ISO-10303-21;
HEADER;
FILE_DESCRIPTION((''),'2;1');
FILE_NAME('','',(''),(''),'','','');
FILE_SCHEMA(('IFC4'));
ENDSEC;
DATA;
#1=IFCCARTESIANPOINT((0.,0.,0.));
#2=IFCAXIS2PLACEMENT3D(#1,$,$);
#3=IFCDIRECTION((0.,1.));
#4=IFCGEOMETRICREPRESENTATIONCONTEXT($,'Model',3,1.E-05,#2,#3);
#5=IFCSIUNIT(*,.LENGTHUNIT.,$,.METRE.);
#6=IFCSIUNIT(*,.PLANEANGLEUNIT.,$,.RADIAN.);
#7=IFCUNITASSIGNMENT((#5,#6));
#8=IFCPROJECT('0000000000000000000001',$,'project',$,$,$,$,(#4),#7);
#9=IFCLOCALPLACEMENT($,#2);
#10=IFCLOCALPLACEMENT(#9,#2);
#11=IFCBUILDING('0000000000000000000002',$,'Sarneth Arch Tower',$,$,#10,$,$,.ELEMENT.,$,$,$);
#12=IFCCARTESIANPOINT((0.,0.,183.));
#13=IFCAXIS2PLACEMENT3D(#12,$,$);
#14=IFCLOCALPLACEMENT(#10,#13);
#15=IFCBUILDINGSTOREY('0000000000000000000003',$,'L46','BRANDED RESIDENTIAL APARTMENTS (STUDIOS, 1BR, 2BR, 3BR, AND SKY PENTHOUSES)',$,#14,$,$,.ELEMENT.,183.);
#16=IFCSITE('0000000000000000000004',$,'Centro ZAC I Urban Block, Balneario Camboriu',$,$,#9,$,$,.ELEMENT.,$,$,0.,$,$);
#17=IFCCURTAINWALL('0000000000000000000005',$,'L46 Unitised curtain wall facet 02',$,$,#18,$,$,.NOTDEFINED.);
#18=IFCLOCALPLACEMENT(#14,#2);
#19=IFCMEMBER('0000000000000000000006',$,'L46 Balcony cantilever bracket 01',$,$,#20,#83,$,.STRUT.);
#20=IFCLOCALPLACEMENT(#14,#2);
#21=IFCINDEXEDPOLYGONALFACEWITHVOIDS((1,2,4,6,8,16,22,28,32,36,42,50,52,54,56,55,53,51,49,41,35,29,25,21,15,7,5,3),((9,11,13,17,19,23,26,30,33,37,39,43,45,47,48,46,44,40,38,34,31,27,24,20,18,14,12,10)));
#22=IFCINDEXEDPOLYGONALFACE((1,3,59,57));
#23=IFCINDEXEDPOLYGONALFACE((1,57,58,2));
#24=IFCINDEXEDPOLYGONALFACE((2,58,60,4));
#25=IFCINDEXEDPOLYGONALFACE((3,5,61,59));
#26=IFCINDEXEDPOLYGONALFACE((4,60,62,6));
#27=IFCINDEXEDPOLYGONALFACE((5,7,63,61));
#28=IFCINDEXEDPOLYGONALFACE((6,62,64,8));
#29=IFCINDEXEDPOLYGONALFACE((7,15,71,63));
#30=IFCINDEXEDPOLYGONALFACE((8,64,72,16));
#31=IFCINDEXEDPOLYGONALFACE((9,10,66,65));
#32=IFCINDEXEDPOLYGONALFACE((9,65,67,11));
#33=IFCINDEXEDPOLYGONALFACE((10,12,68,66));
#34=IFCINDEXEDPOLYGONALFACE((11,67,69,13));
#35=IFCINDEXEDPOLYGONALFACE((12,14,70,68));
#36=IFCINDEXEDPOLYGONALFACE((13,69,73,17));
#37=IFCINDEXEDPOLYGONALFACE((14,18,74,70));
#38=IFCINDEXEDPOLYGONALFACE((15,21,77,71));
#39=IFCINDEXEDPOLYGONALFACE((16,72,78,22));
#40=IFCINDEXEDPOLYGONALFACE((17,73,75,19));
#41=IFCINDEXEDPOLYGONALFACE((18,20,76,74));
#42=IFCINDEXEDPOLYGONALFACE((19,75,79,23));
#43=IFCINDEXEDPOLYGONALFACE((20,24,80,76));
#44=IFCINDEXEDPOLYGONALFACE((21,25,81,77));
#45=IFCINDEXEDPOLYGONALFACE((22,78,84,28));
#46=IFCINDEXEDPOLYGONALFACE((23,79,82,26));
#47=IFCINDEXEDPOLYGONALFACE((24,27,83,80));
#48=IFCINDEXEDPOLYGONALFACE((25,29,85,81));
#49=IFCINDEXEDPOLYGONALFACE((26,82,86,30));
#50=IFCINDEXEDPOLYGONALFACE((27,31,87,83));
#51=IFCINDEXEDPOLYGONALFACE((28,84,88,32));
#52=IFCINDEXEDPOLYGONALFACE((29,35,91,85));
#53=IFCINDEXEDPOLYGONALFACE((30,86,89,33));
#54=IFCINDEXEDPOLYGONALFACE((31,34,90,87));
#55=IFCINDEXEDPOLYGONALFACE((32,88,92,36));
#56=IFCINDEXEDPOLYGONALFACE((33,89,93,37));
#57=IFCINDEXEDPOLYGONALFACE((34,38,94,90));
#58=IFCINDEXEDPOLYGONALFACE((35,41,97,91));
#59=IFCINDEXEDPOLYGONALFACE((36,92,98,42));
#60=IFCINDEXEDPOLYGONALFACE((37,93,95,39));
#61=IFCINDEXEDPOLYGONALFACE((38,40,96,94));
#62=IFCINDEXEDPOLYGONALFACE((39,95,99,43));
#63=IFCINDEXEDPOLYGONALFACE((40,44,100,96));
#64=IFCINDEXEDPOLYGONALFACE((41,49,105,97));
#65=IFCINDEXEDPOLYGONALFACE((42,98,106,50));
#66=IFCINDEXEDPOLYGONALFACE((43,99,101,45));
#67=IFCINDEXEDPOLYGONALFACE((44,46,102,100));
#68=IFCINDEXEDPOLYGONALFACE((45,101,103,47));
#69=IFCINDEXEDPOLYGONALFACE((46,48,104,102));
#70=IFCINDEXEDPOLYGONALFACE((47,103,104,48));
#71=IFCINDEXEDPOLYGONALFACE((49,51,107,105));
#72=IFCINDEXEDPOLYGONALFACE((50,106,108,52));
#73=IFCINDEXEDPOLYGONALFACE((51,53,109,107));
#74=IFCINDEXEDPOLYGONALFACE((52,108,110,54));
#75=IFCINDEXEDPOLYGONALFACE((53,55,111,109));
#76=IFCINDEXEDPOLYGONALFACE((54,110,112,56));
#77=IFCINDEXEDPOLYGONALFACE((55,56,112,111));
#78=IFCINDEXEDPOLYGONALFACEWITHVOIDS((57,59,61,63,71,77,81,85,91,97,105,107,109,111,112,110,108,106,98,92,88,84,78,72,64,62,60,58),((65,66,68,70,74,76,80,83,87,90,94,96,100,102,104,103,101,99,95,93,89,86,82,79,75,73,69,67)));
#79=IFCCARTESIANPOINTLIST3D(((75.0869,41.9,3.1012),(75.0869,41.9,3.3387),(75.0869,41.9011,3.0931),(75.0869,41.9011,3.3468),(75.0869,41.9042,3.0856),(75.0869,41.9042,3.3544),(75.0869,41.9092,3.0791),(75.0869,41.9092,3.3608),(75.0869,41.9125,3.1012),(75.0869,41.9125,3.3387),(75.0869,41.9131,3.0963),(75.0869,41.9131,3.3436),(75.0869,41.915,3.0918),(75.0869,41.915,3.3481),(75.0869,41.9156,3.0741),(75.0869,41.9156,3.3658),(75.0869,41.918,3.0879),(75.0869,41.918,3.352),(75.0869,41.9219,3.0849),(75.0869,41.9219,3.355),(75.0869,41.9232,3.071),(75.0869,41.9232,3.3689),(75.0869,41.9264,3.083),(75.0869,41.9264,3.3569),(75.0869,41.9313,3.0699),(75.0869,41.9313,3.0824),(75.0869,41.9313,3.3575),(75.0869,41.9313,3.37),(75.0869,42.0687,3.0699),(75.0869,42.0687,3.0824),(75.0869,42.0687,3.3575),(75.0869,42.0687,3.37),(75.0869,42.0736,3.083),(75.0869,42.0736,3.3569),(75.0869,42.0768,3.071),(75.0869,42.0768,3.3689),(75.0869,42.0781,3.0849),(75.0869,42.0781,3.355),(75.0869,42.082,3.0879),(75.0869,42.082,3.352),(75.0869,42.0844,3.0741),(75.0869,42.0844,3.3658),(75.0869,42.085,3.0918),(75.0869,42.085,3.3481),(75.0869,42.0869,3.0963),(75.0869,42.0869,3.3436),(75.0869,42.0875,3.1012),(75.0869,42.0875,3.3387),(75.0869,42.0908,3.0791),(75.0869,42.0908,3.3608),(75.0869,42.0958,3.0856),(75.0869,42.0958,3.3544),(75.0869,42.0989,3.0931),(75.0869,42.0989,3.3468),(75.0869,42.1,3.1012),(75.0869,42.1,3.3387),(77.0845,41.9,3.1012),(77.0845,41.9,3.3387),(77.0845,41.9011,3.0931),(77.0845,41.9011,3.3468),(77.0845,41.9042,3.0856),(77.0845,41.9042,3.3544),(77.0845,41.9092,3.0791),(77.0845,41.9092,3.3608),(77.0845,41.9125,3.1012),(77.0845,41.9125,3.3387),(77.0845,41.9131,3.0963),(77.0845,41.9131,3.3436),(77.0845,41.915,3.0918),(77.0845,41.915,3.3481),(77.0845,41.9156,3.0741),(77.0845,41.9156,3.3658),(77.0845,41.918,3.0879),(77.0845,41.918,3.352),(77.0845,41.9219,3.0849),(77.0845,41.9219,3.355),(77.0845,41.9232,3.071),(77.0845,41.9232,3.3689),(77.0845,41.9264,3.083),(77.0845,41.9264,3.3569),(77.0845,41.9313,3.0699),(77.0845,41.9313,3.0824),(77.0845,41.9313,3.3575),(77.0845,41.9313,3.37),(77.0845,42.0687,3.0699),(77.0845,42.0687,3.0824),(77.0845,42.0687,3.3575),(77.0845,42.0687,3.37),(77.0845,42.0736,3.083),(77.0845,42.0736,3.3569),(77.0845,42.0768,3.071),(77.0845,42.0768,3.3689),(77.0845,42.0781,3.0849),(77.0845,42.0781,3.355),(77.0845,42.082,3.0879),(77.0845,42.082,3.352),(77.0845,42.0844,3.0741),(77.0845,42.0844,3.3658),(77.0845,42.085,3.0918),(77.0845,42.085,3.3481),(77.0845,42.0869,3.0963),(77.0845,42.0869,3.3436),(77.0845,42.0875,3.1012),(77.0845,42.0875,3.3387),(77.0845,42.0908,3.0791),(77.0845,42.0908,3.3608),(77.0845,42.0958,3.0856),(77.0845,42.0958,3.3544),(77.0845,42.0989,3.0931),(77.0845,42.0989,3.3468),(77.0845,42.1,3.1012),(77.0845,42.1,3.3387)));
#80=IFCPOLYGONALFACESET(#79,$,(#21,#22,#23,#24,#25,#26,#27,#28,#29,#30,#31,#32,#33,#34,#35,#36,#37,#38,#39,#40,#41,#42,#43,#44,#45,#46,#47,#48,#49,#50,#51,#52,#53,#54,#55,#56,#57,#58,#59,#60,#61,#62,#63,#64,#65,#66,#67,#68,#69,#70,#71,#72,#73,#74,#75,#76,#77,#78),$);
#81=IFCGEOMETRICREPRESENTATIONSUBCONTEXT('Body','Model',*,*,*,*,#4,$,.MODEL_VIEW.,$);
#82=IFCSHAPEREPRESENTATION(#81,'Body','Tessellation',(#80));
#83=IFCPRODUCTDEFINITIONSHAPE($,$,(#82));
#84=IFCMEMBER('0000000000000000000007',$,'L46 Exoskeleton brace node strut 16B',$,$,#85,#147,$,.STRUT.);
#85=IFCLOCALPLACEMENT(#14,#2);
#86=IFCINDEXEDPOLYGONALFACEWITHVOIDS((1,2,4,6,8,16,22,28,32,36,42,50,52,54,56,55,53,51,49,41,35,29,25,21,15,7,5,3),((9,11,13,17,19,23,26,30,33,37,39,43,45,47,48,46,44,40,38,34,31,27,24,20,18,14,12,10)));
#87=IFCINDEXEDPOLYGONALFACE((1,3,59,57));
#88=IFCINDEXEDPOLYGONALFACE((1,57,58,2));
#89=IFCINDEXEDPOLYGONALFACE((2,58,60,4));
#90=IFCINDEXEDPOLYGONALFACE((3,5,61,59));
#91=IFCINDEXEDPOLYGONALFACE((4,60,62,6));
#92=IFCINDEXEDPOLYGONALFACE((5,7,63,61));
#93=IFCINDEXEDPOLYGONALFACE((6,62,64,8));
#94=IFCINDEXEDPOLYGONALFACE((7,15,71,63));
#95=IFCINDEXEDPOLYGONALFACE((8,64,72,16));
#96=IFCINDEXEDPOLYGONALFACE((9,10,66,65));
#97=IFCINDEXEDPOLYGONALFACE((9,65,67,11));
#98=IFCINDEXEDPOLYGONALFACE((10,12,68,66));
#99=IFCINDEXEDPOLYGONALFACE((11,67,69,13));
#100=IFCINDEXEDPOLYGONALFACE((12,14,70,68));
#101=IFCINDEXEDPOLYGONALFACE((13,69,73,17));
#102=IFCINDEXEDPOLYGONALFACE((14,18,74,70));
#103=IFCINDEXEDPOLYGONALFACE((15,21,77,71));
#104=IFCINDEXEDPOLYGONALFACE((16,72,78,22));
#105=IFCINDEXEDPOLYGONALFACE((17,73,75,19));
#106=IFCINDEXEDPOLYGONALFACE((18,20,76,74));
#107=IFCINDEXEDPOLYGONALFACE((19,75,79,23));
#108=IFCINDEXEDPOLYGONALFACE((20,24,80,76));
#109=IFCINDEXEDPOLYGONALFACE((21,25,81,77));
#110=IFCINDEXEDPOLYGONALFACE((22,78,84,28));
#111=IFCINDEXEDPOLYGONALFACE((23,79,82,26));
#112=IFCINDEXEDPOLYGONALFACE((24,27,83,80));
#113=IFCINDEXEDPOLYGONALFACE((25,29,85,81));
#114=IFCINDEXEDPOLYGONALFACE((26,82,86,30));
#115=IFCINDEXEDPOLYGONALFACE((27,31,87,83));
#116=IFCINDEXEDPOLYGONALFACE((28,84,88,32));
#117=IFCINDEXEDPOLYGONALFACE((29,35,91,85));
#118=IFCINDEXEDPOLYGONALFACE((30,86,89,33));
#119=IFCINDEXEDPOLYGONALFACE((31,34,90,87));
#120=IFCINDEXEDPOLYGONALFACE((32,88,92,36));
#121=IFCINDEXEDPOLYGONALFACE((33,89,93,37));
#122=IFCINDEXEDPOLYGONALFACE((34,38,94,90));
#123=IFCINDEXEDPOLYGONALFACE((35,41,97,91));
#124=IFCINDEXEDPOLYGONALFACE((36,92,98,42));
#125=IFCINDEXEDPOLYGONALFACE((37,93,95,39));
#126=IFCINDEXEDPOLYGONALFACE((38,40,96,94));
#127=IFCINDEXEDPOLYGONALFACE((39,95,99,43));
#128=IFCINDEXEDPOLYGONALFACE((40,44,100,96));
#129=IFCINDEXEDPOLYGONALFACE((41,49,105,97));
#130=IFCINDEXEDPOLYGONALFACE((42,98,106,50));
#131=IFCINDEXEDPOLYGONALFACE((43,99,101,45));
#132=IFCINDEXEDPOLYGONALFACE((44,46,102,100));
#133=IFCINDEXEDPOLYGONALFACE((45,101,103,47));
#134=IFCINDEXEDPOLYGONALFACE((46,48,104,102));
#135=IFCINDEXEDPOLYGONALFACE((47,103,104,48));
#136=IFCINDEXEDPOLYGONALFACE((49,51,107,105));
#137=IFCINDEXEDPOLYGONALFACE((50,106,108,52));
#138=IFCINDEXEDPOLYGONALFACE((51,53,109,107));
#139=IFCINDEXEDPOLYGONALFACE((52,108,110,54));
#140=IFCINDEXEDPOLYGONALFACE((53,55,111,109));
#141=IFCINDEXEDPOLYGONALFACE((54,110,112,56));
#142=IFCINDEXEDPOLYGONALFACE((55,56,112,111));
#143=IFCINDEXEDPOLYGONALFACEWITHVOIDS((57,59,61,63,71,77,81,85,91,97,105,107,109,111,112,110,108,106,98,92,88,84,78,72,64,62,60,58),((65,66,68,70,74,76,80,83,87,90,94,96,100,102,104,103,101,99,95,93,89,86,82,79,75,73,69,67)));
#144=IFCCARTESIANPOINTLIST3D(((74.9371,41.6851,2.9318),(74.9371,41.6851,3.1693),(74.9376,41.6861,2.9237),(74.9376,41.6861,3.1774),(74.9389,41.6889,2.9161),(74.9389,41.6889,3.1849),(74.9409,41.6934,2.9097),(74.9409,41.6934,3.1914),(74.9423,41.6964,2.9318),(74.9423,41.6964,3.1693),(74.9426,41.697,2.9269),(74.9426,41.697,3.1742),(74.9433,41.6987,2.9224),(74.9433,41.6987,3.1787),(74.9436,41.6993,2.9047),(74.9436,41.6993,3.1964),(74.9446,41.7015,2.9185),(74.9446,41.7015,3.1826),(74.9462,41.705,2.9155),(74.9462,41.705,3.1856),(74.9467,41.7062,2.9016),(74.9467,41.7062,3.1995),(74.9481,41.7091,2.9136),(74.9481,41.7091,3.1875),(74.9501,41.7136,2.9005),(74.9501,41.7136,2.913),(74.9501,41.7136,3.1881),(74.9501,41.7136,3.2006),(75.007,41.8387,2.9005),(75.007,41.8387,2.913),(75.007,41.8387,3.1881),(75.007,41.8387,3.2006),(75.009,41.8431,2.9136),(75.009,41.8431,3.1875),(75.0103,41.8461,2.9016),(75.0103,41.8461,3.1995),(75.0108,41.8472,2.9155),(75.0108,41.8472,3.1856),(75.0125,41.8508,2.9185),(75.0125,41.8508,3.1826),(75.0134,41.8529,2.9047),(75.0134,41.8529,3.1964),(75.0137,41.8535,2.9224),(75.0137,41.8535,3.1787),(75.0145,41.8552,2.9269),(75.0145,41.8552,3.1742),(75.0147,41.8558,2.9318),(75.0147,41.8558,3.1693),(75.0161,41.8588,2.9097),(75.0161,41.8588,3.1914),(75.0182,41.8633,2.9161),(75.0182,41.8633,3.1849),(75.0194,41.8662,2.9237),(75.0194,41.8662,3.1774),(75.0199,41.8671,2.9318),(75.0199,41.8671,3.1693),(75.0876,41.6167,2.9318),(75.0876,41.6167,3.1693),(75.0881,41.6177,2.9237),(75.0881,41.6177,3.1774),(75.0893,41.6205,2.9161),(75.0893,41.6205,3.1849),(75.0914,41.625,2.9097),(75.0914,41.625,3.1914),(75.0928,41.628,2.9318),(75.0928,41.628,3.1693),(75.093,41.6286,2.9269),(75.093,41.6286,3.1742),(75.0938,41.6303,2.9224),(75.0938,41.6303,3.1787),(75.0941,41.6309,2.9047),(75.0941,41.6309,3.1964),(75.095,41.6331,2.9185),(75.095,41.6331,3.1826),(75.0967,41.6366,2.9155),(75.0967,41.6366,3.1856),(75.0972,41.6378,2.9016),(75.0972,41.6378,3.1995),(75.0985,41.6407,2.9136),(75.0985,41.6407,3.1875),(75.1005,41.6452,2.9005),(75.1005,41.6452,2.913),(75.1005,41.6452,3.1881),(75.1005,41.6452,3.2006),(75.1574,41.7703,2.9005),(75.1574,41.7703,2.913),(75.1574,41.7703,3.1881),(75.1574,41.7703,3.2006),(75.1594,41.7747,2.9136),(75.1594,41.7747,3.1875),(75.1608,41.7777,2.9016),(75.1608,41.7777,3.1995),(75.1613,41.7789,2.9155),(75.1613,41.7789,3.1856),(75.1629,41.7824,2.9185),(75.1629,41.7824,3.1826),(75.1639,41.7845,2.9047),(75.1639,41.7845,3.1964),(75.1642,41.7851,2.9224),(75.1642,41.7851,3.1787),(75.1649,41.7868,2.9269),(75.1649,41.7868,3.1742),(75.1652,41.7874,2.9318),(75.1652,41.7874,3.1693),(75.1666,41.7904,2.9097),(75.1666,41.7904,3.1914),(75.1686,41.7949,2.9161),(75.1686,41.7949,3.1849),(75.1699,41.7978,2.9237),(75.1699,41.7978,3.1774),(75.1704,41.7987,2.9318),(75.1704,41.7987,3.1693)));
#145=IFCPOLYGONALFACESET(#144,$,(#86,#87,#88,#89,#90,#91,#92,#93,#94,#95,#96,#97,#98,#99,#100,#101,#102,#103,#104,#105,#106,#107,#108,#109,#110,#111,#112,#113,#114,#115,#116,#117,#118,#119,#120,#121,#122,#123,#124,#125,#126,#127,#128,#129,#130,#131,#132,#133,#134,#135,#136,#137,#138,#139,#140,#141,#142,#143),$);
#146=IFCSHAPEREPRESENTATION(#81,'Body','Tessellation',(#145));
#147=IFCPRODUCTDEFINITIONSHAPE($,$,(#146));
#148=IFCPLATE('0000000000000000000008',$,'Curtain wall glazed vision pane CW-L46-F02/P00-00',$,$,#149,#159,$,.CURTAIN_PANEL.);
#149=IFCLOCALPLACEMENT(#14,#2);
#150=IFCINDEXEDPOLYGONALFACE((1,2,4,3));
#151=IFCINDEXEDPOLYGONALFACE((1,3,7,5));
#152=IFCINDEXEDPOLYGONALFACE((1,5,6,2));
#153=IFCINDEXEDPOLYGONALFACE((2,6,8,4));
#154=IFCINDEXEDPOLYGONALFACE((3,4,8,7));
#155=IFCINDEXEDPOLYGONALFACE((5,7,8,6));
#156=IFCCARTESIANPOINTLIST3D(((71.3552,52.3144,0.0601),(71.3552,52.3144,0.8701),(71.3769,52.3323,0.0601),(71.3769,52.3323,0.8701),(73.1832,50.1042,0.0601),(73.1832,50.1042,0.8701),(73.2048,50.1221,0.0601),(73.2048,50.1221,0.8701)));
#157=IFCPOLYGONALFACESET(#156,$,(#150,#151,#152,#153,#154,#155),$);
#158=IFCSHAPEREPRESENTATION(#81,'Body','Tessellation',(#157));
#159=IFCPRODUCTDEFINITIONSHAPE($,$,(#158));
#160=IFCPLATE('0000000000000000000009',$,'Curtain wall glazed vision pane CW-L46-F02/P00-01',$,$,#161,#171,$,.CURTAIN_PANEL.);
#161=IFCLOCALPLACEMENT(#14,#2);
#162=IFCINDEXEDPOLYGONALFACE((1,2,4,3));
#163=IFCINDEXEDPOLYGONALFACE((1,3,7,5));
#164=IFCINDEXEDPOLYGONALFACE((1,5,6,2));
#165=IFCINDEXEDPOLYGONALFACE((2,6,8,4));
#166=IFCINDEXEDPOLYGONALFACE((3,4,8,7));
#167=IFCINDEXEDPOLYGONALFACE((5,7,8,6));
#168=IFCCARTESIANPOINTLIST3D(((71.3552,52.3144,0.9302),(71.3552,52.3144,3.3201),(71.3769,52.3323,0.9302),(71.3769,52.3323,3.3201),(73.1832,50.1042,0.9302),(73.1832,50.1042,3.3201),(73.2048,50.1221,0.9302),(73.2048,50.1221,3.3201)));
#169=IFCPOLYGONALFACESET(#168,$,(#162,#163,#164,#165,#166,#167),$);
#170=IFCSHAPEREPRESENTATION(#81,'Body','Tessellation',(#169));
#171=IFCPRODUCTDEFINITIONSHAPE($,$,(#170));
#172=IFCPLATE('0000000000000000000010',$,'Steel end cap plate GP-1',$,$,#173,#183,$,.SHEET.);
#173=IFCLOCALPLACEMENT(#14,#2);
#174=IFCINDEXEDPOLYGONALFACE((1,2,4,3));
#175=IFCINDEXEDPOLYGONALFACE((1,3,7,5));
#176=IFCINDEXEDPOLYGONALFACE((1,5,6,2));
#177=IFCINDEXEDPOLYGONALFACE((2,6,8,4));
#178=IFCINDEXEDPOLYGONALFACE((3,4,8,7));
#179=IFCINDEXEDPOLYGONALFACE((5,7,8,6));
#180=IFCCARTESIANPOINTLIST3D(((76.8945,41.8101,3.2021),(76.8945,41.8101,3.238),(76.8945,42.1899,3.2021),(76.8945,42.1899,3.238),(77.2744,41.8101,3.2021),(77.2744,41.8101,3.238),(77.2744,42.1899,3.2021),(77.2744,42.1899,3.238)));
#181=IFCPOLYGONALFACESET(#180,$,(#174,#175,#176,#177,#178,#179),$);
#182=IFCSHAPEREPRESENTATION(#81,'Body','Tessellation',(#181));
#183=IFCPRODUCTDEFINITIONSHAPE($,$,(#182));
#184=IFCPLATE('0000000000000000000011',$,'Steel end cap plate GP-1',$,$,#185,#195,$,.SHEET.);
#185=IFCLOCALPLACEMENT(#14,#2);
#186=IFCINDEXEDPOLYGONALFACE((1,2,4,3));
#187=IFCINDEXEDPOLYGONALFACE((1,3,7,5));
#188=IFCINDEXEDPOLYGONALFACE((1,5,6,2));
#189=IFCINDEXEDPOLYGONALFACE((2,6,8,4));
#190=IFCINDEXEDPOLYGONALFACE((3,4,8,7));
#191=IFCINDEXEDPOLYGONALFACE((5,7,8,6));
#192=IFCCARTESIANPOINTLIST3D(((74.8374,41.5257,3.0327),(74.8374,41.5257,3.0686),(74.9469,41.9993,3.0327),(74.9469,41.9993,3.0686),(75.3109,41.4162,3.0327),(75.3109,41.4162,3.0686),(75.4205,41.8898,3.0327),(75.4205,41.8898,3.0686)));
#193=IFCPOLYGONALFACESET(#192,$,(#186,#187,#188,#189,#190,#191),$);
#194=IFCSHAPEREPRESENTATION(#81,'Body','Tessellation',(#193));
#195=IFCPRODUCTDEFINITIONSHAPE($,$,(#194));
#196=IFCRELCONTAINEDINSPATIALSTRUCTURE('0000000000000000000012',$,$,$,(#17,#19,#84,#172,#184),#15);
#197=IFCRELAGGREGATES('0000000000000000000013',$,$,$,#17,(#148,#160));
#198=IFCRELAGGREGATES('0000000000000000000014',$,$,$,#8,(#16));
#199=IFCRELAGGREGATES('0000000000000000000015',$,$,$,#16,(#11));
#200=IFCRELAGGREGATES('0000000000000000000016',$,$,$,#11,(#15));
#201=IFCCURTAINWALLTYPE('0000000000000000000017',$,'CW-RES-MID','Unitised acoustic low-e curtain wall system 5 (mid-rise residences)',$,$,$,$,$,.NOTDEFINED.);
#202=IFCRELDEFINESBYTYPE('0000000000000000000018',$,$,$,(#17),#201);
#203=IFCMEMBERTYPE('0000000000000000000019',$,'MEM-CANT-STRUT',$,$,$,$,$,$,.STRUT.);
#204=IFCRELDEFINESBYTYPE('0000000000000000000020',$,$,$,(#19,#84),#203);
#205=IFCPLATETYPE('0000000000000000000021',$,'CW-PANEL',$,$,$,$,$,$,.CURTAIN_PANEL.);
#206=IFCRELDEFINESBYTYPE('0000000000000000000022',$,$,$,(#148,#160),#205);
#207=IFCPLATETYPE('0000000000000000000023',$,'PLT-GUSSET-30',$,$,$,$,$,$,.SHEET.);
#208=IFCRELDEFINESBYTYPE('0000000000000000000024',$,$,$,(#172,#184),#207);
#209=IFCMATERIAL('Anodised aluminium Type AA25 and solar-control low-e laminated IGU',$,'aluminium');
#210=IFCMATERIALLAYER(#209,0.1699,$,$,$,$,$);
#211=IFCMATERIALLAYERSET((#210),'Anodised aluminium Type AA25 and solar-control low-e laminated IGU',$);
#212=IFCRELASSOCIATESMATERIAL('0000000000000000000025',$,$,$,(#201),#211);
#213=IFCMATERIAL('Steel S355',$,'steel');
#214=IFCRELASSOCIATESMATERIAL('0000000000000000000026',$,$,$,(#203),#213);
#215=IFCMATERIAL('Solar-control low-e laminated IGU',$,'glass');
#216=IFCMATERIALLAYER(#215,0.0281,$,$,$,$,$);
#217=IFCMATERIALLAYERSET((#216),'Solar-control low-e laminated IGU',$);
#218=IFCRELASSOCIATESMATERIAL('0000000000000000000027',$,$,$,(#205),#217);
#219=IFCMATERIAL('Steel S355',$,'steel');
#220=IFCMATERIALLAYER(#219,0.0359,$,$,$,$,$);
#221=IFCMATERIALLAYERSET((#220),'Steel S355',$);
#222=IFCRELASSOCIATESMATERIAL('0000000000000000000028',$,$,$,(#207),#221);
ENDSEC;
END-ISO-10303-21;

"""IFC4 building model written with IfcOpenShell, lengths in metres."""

from ifc_helpers import new_model, si_unit, direction, frame, origin, origin_2d, place, context, subcontext, project, spatial, rectangle, hollow_rectangle, extrude, material, layer, layer_set, material_profile, profile_set, type_object, element, aggregate, save


model = new_model("IFC4")

# Units and contexts
model_context = context("Model", 3, precision=1e-05, world=origin(), true_north=direction((0.0, 1.0)))
body_context = subcontext(model_context, "Body", "Model", "MODEL_VIEW")
ifc_project = project(units=[si_unit("LENGTHUNIT", "METRE"), si_unit("PLANEANGLEUNIT", "RADIAN")], contexts=[model_context])

# Site, building, storey
site_placement = place(None, origin())
site = spatial("IfcSite", under=ifc_project, at=site_placement, Name="Centro ZAC I Urban Block, Balneario Camboriu", CompositionType="ELEMENT", RefElevation=0.0)
building_placement = place(site_placement, origin())
building = spatial("IfcBuilding", under=site, at=building_placement, Name="Sarneth Arch Tower", CompositionType="ELEMENT")
storey_placement = place(building_placement, frame((0.0, 0.0, 183.0)))
storey = spatial("IfcBuildingStorey", under=building, at=storey_placement, Name="L46", Description="BRANDED RESIDENTIAL APARTMENTS (STUDIOS, 1BR, 2BR, 3BR, AND SKY PENTHOUSES)", CompositionType="ELEMENT", Elevation=183.0)

# Curtain wall
ifc_material_1 = material(Name="Anodised aluminium Type AA25 and solar-control low-e laminated IGU", Category="aluminium")
ifc_layer_1 = layer(ifc_material_1, 0.1699)
ifc_layer_set_1 = layer_set([ifc_layer_1], Name="Anodised aluminium Type AA25 and solar-control low-e laminated IGU")
curtain_wall_type = type_object("IfcCurtainWallType", Name="CW-RES-MID", Description="Unitised acoustic low-e curtain wall system 5 (mid-rise residences)", PredefinedType="NOTDEFINED", material=ifc_layer_set_1)
curtain_wall_placement = place(storey_placement, origin())
curtain_wall = element("IfcCurtainWall", 1, at=curtain_wall_placement, inside=storey, type_object=curtain_wall_type, Name="L46 Unitised curtain wall facet 02", PredefinedType="NOTDEFINED")

# Members
ifc_material_2 = material(Name="Steel S355", Category="steel")
ifc_material_profile_1 = material_profile(ifc_material_2, hollow_rectangle(XDim=0.2, YDim=0.3, WallThickness=0.0125, InnerFilletRadius=0.0188, OuterFilletRadius=0.0312, at=origin_2d()), Name="RHS300x200x12.5")
ifc_profile_set_1 = profile_set([ifc_material_profile_1], Name="Steel S355")
member_type_1 = type_object("IfcMemberType", Name="MEM-CANT-STRUT", PredefinedType="STRUT", material=ifc_profile_set_1)
member_1_placement = place(storey_placement, frame((75.0869, 42.0, 3.22), z_axis=(1.0, 0.0, 0.0), x_axis=(0.0, 1.0, 0.0)))
element("IfcMember", 2, at=member_1_placement, inside=storey, type_object=member_type_1, Name="L46 Balcony cantilever bracket 01", PredefinedType="STRUT", context=body_context, shape_type="SweptSolid", body=[
    extrude(hollow_rectangle(XDim=0.2, YDim=0.3, WallThickness=0.0125, InnerFilletRadius=0.0188, OuterFilletRadius=0.0312, at=origin_2d()), origin(), (0.0, 0.0, 1.0), 1.9976),
])
member_2_placement = place(storey_placement, frame((74.9785, 41.7761, 3.0505), z_axis=(0.910366, -0.413803, 0.0), x_axis=(0.413803, 0.910366, 0.0)))
element("IfcMember", 3, at=member_2_placement, inside=storey, type_object=member_type_1, Name="L46 Exoskeleton brace node strut 16B", PredefinedType="STRUT", context=body_context, shape_type="SweptSolid", body=[
    extrude(hollow_rectangle(XDim=0.2, YDim=0.3, WallThickness=0.0125, InnerFilletRadius=0.0188, OuterFilletRadius=0.0312, at=origin_2d()), origin(), (0.0, 0.0, 1.0), 0.1653),
])

# Plates
ifc_material_3 = material(Name="Solar-control low-e laminated IGU", Category="glass")
ifc_layer_2 = layer(ifc_material_3, 0.0281)
ifc_layer_set_2 = layer_set([ifc_layer_2], Name="Solar-control low-e laminated IGU")
plate_type_1 = type_object("IfcPlateType", Name="CW-PANEL", PredefinedType="CURTAIN_PANEL", material=ifc_layer_set_2)
plate_1_placement = place(storey_placement, frame((72.28, 51.2183, 0.0601), z_axis=(0.0, 0.0, 1.0), x_axis=(-0.63733, 0.770591, 0.0)))
plate_1 = element("IfcPlate", 4, at=plate_1_placement, type_object=plate_type_1, Name="Curtain wall glazed vision pane CW-L46-F02/P00-00", PredefinedType="CURTAIN_PANEL", context=body_context, shape_type="SweptSolid", body=[
    extrude(rectangle(XDim=2.8682, YDim=0.0281, at=origin_2d()), origin(), (0.0, 0.0, 1.0), 0.8101),
])
plate_2_placement = place(storey_placement, frame((72.28, 51.2183, 0.9302), z_axis=(0.0, 0.0, 1.0), x_axis=(-0.63733, 0.770591, 0.0)))
plate_2 = element("IfcPlate", 5, at=plate_2_placement, type_object=plate_type_1, Name="Curtain wall glazed vision pane CW-L46-F02/P00-01", PredefinedType="CURTAIN_PANEL", context=body_context, shape_type="SweptSolid", body=[
    extrude(rectangle(XDim=2.8682, YDim=0.0281, at=origin_2d()), origin(), (0.0, 0.0, 1.0), 2.3899),
])
aggregate(curtain_wall, [plate_1, plate_2])

# Plates
ifc_material_4 = material(Name="Steel S355", Category="steel")
ifc_layer_3 = layer(ifc_material_4, 0.0359)
ifc_layer_set_3 = layer_set([ifc_layer_3], Name="Steel S355")
plate_type_2 = type_object("IfcPlateType", Name="PLT-GUSSET-30", PredefinedType="SHEET", material=ifc_layer_set_3)
plate_3_placement = place(storey_placement, frame((77.0845, 42.0, 3.2021), z_axis=(0.0, 0.0, 1.0), x_axis=(1.0, 0.0, 0.0)))
element("IfcPlate", 6, at=plate_3_placement, inside=storey, type_object=plate_type_2, Name="Steel end cap plate GP-1", PredefinedType="SHEET", context=body_context, shape_type="SweptSolid", body=[
    extrude(rectangle(XDim=0.3799, YDim=0.3799, at=origin_2d()), origin(), (0.0, 0.0, 1.0), 0.0359),
])
plate_4_placement = place(storey_placement, frame((75.1289, 41.7078, 3.0327), z_axis=(0.0, 0.0, 1.0), x_axis=(0.225291, 0.974291, 0.0)))
element("IfcPlate", 7, at=plate_4_placement, inside=storey, type_object=plate_type_2, Name="Steel end cap plate GP-1", PredefinedType="SHEET", context=body_context, shape_type="SweptSolid", body=[
    extrude(rectangle(XDim=0.4861, YDim=0.4861, at=origin_2d()), origin(), (0.0, 0.0, 1.0), 0.0359),
])

save(model, "model.ifc")
